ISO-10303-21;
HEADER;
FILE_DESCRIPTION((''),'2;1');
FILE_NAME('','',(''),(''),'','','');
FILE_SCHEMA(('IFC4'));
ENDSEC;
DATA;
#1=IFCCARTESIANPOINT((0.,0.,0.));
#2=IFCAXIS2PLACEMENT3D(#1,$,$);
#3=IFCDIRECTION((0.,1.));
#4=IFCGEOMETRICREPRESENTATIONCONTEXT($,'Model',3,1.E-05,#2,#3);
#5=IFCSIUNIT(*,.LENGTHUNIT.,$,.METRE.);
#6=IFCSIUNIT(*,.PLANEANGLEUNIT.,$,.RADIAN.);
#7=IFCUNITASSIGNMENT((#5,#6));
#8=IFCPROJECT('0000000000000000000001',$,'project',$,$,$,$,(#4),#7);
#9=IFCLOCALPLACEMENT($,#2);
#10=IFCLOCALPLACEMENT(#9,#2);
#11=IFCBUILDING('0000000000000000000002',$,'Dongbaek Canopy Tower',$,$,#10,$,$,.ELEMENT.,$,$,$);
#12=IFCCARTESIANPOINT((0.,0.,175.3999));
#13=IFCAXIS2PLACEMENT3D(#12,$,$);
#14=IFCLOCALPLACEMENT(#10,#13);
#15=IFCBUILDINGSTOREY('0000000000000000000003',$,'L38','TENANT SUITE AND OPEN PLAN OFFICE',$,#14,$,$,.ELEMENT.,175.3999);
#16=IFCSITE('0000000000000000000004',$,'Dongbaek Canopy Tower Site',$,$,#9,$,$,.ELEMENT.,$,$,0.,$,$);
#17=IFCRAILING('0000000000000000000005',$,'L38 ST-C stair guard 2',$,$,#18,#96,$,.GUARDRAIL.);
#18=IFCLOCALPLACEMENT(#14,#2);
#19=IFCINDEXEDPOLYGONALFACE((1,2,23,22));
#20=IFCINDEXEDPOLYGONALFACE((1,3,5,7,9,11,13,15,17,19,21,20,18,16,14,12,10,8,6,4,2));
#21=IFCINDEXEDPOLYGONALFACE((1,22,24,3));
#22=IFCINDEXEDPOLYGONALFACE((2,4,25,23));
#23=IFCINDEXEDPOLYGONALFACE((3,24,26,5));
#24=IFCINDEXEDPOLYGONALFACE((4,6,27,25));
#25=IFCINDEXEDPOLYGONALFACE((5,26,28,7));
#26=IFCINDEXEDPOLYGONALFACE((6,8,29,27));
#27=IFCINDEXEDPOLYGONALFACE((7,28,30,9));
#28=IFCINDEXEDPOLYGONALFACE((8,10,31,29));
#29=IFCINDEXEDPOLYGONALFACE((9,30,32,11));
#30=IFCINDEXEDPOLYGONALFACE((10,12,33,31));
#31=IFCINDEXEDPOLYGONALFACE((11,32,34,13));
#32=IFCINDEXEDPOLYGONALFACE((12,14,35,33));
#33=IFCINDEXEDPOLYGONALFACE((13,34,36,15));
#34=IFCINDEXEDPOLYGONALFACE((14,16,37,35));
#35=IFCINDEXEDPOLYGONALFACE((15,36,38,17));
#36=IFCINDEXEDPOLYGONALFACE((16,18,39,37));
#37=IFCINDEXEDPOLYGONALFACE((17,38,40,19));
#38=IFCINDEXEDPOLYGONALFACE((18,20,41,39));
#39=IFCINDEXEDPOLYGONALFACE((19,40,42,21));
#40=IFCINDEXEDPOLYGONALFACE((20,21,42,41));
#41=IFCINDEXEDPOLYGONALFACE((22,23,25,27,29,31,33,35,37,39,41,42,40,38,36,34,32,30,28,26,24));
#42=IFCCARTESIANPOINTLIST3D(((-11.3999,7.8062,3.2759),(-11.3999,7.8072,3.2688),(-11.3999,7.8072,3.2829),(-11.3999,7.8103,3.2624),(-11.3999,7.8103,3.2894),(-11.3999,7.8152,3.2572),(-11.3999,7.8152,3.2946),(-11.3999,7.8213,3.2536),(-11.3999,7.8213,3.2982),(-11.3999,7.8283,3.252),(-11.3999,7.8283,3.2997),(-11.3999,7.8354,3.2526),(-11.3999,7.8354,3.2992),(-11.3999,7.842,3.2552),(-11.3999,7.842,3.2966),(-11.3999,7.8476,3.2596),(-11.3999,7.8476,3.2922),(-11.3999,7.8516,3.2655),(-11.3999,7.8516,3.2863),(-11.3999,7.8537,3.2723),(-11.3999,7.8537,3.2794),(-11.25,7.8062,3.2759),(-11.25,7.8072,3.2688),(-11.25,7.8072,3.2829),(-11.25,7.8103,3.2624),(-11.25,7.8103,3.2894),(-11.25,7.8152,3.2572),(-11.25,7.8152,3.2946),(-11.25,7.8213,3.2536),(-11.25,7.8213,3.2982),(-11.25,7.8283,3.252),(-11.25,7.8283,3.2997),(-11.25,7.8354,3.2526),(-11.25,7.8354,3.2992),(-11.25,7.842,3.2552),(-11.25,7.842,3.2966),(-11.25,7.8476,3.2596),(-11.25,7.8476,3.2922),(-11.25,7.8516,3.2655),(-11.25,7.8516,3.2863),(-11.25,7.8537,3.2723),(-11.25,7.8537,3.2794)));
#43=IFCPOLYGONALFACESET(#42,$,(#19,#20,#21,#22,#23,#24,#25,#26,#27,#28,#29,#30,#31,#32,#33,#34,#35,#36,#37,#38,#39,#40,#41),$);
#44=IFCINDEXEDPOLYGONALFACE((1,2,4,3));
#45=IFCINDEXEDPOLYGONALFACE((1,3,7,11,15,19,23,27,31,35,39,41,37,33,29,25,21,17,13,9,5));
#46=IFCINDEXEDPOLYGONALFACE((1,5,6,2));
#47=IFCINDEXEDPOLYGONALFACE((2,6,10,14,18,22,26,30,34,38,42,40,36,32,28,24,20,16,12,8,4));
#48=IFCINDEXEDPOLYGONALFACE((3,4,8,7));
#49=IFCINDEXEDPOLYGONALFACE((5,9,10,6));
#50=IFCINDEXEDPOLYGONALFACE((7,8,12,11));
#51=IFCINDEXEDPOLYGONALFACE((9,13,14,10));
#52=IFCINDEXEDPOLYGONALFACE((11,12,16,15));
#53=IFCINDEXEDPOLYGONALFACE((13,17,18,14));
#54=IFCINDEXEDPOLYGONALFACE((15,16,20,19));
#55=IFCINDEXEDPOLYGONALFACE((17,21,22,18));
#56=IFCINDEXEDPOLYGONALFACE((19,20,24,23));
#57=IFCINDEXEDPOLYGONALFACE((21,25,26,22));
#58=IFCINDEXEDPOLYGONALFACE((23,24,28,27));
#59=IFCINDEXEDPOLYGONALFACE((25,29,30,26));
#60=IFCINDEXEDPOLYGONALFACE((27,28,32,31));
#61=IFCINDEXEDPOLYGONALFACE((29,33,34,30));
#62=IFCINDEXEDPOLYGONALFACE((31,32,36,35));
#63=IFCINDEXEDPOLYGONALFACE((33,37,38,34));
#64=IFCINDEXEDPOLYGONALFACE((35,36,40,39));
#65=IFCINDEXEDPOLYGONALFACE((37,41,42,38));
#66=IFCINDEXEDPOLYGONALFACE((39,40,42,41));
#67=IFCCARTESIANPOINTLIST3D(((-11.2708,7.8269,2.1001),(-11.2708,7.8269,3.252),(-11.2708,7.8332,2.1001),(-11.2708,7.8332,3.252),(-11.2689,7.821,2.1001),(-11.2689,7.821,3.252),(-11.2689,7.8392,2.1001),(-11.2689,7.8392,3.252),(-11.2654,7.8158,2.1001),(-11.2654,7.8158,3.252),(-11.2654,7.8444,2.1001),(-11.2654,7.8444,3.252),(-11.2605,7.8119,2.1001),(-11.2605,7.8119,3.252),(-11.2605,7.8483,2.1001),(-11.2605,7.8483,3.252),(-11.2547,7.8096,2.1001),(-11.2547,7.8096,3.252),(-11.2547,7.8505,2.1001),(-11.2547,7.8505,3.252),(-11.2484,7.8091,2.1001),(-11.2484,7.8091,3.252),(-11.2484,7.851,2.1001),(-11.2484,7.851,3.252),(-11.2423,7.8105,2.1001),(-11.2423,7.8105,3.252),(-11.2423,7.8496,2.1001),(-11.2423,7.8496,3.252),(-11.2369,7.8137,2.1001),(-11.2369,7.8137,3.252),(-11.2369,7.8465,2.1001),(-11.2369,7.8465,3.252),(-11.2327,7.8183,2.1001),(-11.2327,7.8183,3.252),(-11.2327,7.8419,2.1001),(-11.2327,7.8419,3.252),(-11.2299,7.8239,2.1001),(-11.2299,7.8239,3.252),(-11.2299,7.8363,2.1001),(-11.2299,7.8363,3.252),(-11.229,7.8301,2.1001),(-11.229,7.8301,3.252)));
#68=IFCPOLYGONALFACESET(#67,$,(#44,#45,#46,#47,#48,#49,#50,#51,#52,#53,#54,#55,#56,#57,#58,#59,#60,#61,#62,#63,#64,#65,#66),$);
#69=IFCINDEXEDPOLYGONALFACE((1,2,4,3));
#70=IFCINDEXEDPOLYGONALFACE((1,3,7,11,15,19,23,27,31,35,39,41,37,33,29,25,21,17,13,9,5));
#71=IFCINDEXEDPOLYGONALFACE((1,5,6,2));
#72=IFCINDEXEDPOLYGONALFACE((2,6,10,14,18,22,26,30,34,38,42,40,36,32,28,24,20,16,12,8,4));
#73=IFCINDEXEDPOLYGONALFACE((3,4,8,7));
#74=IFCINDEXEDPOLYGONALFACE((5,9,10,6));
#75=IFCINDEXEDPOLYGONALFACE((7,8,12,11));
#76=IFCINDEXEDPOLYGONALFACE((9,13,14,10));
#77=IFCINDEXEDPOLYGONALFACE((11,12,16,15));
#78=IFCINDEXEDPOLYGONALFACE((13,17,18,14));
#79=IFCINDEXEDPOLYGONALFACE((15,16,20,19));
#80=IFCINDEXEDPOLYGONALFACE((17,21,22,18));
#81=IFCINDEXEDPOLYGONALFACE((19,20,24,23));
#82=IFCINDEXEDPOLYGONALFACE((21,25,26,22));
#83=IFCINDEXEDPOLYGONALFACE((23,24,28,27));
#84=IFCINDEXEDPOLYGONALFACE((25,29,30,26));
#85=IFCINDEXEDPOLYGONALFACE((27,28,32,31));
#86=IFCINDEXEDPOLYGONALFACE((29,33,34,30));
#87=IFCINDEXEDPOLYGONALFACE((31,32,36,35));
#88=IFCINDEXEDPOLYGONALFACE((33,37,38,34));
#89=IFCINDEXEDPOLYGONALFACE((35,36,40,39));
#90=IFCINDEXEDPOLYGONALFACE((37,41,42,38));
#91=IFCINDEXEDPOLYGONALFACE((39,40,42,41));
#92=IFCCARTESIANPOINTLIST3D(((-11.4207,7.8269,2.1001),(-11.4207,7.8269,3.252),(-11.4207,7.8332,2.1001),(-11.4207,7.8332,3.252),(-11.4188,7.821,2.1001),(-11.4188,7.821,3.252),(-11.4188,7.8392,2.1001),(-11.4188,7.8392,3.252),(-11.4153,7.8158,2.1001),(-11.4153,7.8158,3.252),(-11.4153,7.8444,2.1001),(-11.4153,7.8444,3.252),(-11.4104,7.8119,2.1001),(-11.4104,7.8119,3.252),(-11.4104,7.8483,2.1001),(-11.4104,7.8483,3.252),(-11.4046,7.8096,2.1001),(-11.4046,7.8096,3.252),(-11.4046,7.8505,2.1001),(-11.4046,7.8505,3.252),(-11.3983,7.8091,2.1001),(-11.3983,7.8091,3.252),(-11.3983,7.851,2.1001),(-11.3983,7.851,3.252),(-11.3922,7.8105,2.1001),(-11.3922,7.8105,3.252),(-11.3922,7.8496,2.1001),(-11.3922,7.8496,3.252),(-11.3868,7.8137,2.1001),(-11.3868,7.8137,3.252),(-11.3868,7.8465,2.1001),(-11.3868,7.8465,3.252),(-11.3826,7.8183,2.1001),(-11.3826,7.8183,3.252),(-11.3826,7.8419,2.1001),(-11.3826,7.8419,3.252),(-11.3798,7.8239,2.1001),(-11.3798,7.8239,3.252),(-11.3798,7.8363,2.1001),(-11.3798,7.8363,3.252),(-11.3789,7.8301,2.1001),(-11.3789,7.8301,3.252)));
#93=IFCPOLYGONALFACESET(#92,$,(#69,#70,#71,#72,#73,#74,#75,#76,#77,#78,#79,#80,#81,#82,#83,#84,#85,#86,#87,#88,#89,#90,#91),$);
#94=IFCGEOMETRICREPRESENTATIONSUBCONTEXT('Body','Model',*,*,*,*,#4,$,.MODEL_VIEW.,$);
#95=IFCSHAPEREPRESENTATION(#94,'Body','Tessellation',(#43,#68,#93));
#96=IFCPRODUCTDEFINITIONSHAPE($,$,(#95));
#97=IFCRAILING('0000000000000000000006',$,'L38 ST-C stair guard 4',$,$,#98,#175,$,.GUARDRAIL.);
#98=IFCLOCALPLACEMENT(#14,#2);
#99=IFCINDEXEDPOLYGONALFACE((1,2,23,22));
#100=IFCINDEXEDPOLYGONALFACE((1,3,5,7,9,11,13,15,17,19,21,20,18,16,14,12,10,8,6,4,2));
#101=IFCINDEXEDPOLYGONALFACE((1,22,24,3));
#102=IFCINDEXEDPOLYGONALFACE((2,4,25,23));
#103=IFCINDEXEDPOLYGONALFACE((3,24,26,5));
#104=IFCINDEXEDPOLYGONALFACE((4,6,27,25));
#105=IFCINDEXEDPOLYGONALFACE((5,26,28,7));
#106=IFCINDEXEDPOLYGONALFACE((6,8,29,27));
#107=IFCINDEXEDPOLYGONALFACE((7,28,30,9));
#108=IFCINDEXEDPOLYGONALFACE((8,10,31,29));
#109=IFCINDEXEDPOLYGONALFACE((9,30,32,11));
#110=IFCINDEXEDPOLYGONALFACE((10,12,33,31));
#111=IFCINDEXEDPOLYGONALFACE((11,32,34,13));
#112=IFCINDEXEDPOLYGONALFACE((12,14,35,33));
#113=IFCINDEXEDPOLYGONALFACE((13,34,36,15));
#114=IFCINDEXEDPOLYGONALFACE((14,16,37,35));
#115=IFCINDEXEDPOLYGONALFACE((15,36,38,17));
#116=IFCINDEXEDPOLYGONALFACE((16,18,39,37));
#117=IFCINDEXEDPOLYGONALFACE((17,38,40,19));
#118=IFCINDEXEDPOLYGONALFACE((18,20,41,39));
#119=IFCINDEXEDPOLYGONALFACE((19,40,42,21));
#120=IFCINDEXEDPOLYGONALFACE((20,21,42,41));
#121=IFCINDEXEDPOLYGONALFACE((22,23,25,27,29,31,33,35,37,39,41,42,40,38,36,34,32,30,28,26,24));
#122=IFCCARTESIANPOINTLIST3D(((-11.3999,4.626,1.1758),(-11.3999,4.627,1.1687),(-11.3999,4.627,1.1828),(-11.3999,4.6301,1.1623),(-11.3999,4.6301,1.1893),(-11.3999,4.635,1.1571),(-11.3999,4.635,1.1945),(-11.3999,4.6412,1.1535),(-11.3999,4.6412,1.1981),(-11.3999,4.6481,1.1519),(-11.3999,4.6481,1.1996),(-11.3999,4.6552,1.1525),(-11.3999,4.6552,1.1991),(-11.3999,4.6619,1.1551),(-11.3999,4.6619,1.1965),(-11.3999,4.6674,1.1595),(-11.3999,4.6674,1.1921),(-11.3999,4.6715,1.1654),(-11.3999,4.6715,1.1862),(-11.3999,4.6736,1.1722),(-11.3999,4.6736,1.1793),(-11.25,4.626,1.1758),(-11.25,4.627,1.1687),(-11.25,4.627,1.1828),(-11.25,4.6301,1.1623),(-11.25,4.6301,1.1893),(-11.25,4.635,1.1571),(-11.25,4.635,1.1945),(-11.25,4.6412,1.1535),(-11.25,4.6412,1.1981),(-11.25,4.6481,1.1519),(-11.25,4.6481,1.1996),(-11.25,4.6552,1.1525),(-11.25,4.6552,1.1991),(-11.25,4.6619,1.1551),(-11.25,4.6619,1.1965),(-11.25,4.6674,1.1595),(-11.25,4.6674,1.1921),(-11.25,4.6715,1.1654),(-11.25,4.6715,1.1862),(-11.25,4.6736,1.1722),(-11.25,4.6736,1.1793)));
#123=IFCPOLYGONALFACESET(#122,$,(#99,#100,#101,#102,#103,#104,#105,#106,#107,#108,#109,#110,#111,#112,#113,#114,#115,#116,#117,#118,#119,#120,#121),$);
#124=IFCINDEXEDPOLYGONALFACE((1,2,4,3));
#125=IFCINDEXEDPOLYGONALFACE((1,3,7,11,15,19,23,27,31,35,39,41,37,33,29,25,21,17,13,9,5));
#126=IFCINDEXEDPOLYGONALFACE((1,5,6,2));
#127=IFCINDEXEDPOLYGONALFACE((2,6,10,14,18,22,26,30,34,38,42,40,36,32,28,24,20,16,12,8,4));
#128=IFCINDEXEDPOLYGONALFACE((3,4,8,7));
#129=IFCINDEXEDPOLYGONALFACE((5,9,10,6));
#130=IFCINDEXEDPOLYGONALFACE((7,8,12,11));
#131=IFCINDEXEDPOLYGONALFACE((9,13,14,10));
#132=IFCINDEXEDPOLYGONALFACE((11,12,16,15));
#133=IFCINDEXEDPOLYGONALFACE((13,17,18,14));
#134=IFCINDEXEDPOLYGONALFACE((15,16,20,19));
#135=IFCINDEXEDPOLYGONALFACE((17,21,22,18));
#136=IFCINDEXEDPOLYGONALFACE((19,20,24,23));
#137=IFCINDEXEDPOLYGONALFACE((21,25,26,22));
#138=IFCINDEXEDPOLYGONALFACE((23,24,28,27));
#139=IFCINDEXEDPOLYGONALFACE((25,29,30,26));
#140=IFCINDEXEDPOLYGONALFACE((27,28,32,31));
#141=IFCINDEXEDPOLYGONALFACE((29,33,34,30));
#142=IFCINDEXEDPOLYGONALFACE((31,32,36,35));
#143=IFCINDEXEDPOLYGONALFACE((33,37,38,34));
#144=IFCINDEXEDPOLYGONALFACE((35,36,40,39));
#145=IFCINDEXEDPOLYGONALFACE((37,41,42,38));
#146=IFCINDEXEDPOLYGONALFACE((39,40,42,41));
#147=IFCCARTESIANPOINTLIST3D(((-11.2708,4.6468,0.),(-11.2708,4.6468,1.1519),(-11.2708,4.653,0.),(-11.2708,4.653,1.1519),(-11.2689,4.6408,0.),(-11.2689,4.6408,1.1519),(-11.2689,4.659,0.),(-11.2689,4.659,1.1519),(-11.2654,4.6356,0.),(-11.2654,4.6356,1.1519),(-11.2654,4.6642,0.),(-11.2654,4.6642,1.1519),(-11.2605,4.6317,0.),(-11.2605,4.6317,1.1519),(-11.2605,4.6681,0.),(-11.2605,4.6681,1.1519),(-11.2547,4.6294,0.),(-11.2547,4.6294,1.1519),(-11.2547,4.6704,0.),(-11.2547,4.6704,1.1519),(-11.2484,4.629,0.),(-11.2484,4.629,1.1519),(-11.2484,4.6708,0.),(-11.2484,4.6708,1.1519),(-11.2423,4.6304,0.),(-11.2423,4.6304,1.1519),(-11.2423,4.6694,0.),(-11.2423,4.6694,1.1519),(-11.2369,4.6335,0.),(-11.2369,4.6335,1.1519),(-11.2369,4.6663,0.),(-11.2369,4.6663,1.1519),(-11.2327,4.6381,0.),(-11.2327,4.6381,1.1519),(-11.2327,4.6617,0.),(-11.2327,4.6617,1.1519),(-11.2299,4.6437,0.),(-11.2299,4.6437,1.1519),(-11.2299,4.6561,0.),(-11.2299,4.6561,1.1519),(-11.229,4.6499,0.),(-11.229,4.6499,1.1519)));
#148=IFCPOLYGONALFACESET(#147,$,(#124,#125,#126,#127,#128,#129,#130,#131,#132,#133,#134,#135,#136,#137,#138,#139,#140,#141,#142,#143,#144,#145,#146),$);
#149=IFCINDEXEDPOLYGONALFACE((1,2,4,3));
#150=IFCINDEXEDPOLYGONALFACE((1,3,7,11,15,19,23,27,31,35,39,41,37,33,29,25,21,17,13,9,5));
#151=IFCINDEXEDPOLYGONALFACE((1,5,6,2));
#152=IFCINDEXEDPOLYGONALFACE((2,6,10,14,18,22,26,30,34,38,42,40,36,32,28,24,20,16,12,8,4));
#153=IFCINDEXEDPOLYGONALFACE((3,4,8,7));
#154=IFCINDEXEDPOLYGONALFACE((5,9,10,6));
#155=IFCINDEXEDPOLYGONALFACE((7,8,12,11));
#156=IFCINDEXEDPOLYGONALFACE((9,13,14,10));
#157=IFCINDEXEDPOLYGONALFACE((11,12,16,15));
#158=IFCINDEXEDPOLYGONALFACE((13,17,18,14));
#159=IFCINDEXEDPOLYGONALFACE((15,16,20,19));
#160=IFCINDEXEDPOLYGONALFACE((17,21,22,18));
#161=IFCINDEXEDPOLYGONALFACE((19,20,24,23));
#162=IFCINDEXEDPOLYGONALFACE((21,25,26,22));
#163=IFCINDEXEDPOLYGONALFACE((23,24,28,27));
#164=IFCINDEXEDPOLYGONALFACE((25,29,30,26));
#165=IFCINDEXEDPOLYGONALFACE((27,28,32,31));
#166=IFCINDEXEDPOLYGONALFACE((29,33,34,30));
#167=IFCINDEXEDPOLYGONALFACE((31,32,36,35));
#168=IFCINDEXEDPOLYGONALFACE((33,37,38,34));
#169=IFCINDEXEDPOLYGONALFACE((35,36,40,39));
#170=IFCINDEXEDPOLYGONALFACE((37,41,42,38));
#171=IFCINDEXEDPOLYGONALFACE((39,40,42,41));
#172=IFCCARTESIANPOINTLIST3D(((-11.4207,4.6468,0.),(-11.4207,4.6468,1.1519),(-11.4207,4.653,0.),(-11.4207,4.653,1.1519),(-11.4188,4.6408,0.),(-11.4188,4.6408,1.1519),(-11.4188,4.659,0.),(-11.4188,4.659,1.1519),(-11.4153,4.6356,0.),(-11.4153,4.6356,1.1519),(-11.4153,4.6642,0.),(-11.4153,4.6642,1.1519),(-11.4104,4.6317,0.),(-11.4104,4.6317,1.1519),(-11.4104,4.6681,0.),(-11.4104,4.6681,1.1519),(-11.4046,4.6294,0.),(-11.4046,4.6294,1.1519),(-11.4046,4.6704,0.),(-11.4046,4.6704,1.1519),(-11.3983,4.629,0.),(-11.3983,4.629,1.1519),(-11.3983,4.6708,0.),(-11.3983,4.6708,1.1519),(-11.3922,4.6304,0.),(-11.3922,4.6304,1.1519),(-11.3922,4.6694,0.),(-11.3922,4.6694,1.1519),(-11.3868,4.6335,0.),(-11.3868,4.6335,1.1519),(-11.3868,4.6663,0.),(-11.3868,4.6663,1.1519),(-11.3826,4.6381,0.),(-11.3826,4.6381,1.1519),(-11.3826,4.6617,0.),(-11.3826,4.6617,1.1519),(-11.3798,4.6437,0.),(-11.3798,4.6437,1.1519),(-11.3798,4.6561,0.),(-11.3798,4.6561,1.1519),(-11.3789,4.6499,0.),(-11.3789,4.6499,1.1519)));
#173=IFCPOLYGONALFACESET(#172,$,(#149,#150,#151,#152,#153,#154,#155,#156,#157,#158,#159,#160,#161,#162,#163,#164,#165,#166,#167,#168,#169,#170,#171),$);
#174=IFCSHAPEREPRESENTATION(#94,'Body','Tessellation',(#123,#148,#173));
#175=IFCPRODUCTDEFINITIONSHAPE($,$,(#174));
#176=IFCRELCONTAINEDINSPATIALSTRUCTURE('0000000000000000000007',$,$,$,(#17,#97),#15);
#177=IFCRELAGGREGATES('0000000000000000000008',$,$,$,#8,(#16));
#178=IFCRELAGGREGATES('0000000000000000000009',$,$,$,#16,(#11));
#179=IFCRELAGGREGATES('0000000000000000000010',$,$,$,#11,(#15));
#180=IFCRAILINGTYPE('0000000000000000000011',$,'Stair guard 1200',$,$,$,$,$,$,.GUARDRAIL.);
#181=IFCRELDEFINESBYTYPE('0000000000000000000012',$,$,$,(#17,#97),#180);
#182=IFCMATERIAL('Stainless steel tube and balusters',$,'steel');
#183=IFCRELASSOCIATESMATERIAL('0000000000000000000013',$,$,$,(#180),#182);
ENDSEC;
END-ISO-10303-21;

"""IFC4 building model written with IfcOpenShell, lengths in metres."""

from ifc_helpers import new_model, si_unit, direction, frame, origin, origin_2d, place, context, subcontext, project, spatial, circle, extrude, material, type_object, element, save


model = new_model("IFC4")

# Units and contexts
model_context = context("Model", 3, precision=1e-05, world=origin(), true_north=direction((0.0, 1.0)))
body_context = subcontext(model_context, "Body", "Model", "MODEL_VIEW")
ifc_project = project(units=[si_unit("LENGTHUNIT", "METRE"), si_unit("PLANEANGLEUNIT", "RADIAN")], contexts=[model_context])

# Site, building, storey
site_placement = place(None, origin())
site = spatial("IfcSite", under=ifc_project, at=site_placement, Name="Dongbaek Canopy Tower Site", CompositionType="ELEMENT", RefElevation=0.0)
building_placement = place(site_placement, origin())
building = spatial("IfcBuilding", under=site, at=building_placement, Name="Dongbaek Canopy Tower", CompositionType="ELEMENT")
storey_placement = place(building_placement, frame((0.0, 0.0, 175.3999)))
storey = spatial("IfcBuildingStorey", under=building, at=storey_placement, Name="L38", Description="TENANT SUITE AND OPEN PLAN OFFICE", CompositionType="ELEMENT", Elevation=175.3999)

# Railings
ifc_material_1 = material(Name="Stainless steel tube and balusters", Category="steel")
railing_type_1 = type_object("IfcRailingType", Name="Stair guard 1200", PredefinedType="GUARDRAIL", material=ifc_material_1)
for number, where, name in (
    (1, (-11.25, 7.8301, 2.1001), "L38 ST-C stair guard 2"),
    (2, (-11.25, 4.6499, 0.0), "L38 ST-C stair guard 4"),
):
    element("IfcRailing", number, at=place(storey_placement, frame(where)), inside=storey, type_object=railing_type_1, Name=name, PredefinedType="GUARDRAIL", context=body_context, shape_type="SweptSolid", body=[
        extrude(circle(Radius=0.0239, at=origin_2d()), frame((0.0, 0.0, 1.1758), z_axis=(-1.0, 0.0, 0.0), x_axis=(0.0, -1.0, 0.0)), (0.0, 0.0, 1.0), 0.1499),
        extrude(circle(Radius=0.021, at=origin_2d()), origin(), (0.0, 0.0, 1.0), 1.1519),
        extrude(circle(Radius=0.021, at=origin_2d()), frame((-0.1499, 0.0, 0.0)), (0.0, 0.0, 1.0), 1.1519),
    ])

save(model, "model.ifc")
